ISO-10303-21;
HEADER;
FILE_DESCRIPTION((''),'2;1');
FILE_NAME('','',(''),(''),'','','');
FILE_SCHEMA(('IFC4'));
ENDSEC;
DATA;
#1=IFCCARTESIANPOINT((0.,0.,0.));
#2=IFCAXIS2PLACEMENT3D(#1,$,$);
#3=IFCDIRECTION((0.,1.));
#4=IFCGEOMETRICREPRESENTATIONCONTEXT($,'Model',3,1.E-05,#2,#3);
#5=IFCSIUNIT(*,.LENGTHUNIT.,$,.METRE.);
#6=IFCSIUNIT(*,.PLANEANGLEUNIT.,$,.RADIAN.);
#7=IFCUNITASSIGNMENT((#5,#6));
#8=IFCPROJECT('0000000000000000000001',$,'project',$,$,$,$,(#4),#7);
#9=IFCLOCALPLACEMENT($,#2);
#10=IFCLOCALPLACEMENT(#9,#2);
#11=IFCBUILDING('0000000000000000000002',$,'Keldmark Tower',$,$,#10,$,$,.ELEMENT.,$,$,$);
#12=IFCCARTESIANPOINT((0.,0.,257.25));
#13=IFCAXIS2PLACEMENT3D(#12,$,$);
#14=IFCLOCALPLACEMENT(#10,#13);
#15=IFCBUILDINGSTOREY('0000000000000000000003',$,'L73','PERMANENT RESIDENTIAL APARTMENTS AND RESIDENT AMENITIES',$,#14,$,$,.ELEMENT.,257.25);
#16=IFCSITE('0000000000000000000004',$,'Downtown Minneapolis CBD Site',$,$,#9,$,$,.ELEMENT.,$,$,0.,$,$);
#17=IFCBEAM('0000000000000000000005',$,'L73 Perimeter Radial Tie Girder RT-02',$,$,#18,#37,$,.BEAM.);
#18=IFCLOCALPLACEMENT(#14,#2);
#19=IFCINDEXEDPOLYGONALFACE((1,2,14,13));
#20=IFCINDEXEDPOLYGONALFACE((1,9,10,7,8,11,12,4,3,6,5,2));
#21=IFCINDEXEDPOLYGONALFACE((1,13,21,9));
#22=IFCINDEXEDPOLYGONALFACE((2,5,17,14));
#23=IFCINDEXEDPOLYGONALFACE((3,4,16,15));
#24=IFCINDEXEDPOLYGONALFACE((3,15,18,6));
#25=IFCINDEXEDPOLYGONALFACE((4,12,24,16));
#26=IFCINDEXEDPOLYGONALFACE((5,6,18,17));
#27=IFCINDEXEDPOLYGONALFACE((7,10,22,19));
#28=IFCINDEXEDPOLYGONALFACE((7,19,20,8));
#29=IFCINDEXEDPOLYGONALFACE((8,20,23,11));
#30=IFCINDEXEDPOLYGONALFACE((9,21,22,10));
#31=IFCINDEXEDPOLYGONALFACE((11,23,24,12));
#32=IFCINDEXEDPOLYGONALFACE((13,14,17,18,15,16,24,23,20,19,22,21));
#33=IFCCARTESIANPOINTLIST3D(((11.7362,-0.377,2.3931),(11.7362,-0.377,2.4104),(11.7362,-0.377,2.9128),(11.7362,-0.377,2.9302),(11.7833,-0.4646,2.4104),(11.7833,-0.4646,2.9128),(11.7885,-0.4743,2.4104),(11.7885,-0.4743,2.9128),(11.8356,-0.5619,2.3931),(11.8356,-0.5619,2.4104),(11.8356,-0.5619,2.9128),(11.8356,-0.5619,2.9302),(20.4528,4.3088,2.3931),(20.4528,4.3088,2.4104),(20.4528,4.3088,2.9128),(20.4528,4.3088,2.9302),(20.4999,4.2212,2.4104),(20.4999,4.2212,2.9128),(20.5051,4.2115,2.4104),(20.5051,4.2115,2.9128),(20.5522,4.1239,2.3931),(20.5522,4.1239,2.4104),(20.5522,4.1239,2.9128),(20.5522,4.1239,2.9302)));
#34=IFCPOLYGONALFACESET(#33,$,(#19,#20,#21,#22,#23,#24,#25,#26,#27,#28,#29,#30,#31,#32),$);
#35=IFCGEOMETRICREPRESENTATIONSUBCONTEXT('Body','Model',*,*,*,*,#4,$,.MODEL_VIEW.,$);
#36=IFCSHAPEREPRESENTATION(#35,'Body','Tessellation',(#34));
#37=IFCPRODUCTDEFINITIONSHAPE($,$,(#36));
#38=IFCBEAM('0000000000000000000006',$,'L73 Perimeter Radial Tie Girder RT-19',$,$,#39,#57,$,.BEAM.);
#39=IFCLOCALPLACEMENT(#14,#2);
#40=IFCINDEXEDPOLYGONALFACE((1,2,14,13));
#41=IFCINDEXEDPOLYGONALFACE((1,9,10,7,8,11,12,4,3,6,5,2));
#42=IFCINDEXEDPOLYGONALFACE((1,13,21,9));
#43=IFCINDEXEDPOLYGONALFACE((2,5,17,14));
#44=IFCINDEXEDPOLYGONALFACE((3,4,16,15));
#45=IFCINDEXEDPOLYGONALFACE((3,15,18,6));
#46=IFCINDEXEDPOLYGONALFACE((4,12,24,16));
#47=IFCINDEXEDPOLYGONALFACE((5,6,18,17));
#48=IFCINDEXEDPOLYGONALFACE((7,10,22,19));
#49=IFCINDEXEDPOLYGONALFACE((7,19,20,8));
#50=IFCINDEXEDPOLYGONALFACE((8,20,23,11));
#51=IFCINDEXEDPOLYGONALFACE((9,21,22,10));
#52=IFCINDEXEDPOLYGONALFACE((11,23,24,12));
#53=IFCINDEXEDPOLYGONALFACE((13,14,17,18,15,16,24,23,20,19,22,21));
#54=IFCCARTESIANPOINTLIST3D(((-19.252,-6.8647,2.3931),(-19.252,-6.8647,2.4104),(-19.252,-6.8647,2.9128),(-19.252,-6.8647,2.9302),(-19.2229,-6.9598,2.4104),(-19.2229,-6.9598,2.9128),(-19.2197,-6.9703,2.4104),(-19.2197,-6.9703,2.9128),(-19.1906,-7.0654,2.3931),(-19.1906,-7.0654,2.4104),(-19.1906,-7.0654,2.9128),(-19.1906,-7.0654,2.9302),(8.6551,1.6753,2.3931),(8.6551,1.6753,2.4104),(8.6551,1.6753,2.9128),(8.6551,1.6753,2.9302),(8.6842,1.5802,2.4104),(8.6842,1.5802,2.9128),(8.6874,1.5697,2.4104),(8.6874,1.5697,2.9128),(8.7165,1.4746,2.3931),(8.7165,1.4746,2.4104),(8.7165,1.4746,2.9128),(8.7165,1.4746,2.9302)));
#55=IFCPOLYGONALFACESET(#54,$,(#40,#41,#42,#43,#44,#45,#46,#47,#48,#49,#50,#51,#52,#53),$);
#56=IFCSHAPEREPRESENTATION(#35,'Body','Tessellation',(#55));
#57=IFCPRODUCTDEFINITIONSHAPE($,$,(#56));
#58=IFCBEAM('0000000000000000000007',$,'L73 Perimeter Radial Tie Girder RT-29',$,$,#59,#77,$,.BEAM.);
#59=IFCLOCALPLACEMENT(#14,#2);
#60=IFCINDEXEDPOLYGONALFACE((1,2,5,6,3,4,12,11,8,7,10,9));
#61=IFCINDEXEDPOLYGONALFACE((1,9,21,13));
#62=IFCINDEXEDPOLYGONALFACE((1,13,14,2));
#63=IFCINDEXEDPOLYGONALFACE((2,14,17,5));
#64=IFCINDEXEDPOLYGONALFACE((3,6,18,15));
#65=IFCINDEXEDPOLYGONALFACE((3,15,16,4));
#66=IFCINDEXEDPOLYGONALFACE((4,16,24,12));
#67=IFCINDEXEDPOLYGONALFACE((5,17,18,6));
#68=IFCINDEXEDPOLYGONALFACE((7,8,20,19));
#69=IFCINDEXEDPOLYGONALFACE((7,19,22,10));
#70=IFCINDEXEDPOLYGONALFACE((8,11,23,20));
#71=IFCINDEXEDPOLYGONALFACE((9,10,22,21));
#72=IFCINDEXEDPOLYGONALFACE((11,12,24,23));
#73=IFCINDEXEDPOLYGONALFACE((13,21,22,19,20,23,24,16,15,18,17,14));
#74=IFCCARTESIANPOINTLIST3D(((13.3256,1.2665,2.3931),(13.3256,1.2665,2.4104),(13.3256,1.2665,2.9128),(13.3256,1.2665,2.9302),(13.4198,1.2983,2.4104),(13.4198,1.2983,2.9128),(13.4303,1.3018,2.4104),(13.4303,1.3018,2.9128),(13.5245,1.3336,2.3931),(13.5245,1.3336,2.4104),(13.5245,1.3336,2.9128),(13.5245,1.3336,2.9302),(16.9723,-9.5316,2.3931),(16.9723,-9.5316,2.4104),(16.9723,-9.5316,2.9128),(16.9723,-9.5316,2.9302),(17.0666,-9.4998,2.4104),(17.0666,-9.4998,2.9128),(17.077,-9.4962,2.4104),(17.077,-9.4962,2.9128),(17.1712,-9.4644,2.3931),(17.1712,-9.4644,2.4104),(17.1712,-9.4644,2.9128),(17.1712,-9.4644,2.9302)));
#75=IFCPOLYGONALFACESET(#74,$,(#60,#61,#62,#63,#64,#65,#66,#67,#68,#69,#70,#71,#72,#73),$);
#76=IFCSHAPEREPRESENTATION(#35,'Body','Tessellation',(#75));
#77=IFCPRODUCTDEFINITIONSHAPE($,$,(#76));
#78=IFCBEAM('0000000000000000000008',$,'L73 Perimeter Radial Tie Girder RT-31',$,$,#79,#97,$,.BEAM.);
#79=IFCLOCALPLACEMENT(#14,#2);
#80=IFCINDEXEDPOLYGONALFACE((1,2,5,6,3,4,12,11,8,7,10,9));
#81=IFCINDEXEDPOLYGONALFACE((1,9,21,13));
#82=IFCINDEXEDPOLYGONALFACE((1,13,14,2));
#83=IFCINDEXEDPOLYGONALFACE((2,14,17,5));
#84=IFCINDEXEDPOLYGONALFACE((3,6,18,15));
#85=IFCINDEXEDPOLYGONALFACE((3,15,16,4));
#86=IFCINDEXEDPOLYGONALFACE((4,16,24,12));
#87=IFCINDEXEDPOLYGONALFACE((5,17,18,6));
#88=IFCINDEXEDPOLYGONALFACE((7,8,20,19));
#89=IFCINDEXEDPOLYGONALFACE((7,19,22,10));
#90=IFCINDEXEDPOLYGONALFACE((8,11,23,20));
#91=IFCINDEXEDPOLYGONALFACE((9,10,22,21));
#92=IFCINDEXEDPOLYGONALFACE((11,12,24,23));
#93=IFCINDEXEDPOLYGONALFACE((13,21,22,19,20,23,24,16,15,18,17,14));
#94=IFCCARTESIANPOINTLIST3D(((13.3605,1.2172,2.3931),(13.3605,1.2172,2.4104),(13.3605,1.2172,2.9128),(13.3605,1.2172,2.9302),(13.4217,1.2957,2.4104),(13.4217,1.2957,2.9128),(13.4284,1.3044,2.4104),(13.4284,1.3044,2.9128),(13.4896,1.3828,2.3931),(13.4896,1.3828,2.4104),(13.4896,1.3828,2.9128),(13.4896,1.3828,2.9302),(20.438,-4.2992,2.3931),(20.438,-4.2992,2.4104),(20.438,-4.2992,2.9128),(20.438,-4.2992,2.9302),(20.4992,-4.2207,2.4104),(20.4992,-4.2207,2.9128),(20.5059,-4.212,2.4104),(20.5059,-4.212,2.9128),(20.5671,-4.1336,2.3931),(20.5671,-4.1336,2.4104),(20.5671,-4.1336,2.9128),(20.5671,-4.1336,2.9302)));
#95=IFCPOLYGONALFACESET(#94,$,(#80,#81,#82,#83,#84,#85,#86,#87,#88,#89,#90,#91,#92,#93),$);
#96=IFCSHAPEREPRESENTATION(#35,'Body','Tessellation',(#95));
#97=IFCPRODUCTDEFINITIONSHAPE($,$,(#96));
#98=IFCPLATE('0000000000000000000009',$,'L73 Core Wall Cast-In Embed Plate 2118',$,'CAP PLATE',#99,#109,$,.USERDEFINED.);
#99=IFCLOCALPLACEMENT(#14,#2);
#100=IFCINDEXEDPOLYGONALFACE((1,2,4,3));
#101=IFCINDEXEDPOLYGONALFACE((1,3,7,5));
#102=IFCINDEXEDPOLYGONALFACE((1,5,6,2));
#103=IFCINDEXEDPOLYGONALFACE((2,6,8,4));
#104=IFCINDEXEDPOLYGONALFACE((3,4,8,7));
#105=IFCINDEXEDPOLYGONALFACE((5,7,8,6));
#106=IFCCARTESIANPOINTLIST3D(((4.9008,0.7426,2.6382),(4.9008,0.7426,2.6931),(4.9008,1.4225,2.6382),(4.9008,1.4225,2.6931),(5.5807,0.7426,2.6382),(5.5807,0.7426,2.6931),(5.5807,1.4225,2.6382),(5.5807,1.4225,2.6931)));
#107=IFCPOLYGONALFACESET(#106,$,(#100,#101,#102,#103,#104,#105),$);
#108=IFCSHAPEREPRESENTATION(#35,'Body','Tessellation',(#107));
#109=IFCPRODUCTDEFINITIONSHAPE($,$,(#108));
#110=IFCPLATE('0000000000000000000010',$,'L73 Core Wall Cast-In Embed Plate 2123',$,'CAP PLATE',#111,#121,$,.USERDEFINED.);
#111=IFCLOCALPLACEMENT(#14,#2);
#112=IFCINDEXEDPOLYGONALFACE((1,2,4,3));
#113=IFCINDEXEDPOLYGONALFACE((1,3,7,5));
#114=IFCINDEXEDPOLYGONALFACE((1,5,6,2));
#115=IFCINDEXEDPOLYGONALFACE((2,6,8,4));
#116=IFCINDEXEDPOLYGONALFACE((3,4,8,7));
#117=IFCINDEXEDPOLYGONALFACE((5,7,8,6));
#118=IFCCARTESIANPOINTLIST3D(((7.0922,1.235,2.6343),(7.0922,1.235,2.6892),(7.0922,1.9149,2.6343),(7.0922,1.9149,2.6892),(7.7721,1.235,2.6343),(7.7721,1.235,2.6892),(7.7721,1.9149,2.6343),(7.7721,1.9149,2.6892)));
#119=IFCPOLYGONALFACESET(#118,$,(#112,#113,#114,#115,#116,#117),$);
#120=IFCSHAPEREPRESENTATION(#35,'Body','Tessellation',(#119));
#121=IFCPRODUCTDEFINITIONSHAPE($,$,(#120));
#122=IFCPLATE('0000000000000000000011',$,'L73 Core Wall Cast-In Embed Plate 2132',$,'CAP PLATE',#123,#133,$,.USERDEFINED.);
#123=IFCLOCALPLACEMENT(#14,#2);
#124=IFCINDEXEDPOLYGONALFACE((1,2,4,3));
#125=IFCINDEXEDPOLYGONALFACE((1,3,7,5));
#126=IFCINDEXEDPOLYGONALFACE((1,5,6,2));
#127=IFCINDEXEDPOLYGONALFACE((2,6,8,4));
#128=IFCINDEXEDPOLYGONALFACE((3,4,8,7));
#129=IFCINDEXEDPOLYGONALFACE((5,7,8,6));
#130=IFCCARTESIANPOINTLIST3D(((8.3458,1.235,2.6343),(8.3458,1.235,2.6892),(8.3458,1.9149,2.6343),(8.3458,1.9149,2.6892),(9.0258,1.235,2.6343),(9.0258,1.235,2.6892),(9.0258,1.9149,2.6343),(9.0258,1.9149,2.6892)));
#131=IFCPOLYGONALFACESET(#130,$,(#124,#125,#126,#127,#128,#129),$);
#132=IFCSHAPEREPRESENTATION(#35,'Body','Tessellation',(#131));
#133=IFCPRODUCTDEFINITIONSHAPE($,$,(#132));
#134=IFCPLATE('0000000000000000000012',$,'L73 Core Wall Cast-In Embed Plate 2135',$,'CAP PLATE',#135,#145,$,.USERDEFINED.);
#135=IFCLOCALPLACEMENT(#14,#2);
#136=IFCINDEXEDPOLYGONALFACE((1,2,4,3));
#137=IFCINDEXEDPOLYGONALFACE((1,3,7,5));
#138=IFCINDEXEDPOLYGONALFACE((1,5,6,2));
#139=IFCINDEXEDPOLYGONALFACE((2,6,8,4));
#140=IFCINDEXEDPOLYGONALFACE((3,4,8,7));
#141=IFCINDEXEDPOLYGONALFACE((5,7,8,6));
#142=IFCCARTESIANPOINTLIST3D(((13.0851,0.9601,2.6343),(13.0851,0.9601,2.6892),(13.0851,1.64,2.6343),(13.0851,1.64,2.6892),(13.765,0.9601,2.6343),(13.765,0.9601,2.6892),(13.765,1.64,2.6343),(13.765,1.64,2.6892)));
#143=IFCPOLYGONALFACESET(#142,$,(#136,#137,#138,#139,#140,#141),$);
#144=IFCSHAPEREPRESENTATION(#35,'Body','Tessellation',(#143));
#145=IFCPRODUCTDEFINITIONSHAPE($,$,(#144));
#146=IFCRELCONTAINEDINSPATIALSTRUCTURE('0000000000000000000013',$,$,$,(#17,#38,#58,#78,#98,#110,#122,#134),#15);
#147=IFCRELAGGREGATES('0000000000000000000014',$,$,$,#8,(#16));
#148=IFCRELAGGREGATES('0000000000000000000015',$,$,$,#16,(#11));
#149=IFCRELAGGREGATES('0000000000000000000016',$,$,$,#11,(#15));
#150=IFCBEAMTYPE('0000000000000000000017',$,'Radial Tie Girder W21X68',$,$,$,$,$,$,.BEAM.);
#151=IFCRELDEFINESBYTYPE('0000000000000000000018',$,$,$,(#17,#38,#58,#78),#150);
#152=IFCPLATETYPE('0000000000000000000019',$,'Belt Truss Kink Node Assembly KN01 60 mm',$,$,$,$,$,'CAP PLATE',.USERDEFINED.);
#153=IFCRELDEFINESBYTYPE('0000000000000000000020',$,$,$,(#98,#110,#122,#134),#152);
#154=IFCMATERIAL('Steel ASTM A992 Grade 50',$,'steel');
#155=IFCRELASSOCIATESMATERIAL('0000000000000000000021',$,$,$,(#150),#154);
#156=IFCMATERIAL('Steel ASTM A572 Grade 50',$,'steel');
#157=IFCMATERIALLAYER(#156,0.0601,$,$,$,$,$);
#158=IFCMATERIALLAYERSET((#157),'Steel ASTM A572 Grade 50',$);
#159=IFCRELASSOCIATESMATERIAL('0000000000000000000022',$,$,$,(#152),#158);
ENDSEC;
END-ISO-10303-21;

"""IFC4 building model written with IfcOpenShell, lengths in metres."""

from ifc_helpers import new_model, si_unit, direction, frame, origin, origin_2d, place, context, subcontext, project, spatial, rectangle, i_section, extrude, material, layer, layer_set, material_profile, profile_set, type_object, element, save


model = new_model("IFC4")

# Units and contexts
model_context = context("Model", 3, precision=1e-05, world=origin(), true_north=direction((0.0, 1.0)))
body_context = subcontext(model_context, "Body", "Model", "MODEL_VIEW")
ifc_project = project(units=[si_unit("LENGTHUNIT", "METRE"), si_unit("PLANEANGLEUNIT", "RADIAN")], contexts=[model_context])

# Site, building, storey
site_placement = place(None, origin())
site = spatial("IfcSite", under=ifc_project, at=site_placement, Name="Downtown Minneapolis CBD Site", CompositionType="ELEMENT", RefElevation=0.0)
building_placement = place(site_placement, origin())
building = spatial("IfcBuilding", under=site, at=building_placement, Name="Keldmark Tower", CompositionType="ELEMENT")
storey_placement = place(building_placement, frame((0.0, 0.0, 257.25)))
storey = spatial("IfcBuildingStorey", under=building, at=storey_placement, Name="L73", Description="PERMANENT RESIDENTIAL APARTMENTS AND RESIDENT AMENITIES", CompositionType="ELEMENT", Elevation=257.25)

# Beams
ifc_material_1 = material(Name="Steel ASTM A992 Grade 50", Category="steel")
ifc_material_profile_1 = material_profile(ifc_material_1, i_section(OverallWidth=0.21, OverallDepth=0.5371, WebThickness=0.011, FlangeThickness=0.0173, at=origin_2d()), Name="W21X68")
ifc_profile_set_1 = profile_set([ifc_material_profile_1], Name="Steel ASTM A992 Grade 50")
beam_type_1 = type_object("IfcBeamType", Name="Radial Tie Girder W21X68", PredefinedType="BEAM", material=ifc_profile_set_1)
beam_1_placement = place(storey_placement, frame((11.7859, -0.4695, 2.6616), z_axis=(0.880797, 0.473494, 0.0), x_axis=(-0.473494, 0.880797, 0.0)))
element("IfcBeam", 1, at=beam_1_placement, inside=storey, type_object=beam_type_1, Name="L73 Perimeter Radial Tie Girder RT-02", PredefinedType="BEAM", context=body_context, shape_type="SweptSolid", body=[
    extrude(i_section(OverallWidth=0.21, OverallDepth=0.5371, WebThickness=0.011, FlangeThickness=0.0173, at=origin_2d()), origin(), (0.0, 0.0, 1.0), 9.8962),
])
beam_2_placement = place(storey_placement, frame((8.6858, 1.575, 2.6616), z_axis=(-0.956229, -0.292621, 0.0), x_axis=(0.292621, -0.956229, 0.0)))
element("IfcBeam", 2, at=beam_2_placement, inside=storey, type_object=beam_type_1, Name="L73 Perimeter Radial Tie Girder RT-19", PredefinedType="BEAM", context=body_context, shape_type="SweptSolid", body=[
    extrude(i_section(OverallWidth=0.21, OverallDepth=0.5371, WebThickness=0.011, FlangeThickness=0.0173, at=origin_2d()), origin(), (0.0, 0.0, 1.0), 29.1846),
])
beam_3_placement = place(storey_placement, frame((13.425, 1.3, 2.6616), z_axis=(0.319965, -0.947429, 0.0), x_axis=(0.947429, 0.319965, 0.0)))
element("IfcBeam", 3, at=beam_3_placement, inside=storey, type_object=beam_type_1, Name="L73 Perimeter Radial Tie Girder RT-29", PredefinedType="BEAM", context=body_context, shape_type="SweptSolid", body=[
    extrude(i_section(OverallWidth=0.21, OverallDepth=0.5371, WebThickness=0.011, FlangeThickness=0.0173, at=origin_2d()), origin(), (0.0, 0.0, 1.0), 11.3972),
])
beam_4_placement = place(storey_placement, frame((13.425, 1.3, 2.6616), z_axis=(0.788719, -0.614754, 0.0), x_axis=(0.614754, 0.788719, 0.0)))
element("IfcBeam", 4, at=beam_4_placement, inside=storey, type_object=beam_type_1, Name="L73 Perimeter Radial Tie Girder RT-31", PredefinedType="BEAM", context=body_context, shape_type="SweptSolid", body=[
    extrude(i_section(OverallWidth=0.21, OverallDepth=0.5371, WebThickness=0.011, FlangeThickness=0.0173, at=origin_2d()), origin(), (0.0, 0.0, 1.0), 8.9734),
])

# Plates
ifc_material_2 = material(Name="Steel ASTM A572 Grade 50", Category="steel")
ifc_layer_1 = layer(ifc_material_2, 0.0601)
ifc_layer_set_1 = layer_set([ifc_layer_1], Name="Steel ASTM A572 Grade 50")
plate_type = type_object("IfcPlateType", Name="Belt Truss Kink Node Assembly KN01 60 mm", ElementType="CAP PLATE", PredefinedType="USERDEFINED", material=ifc_layer_set_1)
for number, where, z_axis, x_axis, name in (
    (5, (5.2407, 1.0825, 2.6382), (0.0, 0.0, 1.0), (1.0, 0.0, 0.0), "L73 Core Wall Cast-In Embed Plate 2118"),
    (6, (7.4321, 1.575, 2.6343), (0.0, 0.0, 1.0), (1.0, 0.0, 0.0), "L73 Core Wall Cast-In Embed Plate 2123"),
    (7, (8.6858, 1.575, 2.6343), (0.0, 0.0, 1.0), (1.0, 0.0, 0.0), "L73 Core Wall Cast-In Embed Plate 2132"),
    (8, (13.425, 1.3, 2.6343), (0.0, 0.0, 1.0), (1.0, 0.0, 0.0), "L73 Core Wall Cast-In Embed Plate 2135"),
):
    element("IfcPlate", number, at=place(storey_placement, frame(where, z_axis=z_axis, x_axis=x_axis)), inside=storey, type_object=plate_type, Name=name, ObjectType="CAP PLATE", PredefinedType="USERDEFINED", context=body_context, shape_type="SweptSolid", body=[
        extrude(rectangle(XDim=0.6799, YDim=0.6799, at=origin_2d()), origin(), (0.0, 0.0, 1.0), 0.0549),
    ])

save(model, "model.ifc")
